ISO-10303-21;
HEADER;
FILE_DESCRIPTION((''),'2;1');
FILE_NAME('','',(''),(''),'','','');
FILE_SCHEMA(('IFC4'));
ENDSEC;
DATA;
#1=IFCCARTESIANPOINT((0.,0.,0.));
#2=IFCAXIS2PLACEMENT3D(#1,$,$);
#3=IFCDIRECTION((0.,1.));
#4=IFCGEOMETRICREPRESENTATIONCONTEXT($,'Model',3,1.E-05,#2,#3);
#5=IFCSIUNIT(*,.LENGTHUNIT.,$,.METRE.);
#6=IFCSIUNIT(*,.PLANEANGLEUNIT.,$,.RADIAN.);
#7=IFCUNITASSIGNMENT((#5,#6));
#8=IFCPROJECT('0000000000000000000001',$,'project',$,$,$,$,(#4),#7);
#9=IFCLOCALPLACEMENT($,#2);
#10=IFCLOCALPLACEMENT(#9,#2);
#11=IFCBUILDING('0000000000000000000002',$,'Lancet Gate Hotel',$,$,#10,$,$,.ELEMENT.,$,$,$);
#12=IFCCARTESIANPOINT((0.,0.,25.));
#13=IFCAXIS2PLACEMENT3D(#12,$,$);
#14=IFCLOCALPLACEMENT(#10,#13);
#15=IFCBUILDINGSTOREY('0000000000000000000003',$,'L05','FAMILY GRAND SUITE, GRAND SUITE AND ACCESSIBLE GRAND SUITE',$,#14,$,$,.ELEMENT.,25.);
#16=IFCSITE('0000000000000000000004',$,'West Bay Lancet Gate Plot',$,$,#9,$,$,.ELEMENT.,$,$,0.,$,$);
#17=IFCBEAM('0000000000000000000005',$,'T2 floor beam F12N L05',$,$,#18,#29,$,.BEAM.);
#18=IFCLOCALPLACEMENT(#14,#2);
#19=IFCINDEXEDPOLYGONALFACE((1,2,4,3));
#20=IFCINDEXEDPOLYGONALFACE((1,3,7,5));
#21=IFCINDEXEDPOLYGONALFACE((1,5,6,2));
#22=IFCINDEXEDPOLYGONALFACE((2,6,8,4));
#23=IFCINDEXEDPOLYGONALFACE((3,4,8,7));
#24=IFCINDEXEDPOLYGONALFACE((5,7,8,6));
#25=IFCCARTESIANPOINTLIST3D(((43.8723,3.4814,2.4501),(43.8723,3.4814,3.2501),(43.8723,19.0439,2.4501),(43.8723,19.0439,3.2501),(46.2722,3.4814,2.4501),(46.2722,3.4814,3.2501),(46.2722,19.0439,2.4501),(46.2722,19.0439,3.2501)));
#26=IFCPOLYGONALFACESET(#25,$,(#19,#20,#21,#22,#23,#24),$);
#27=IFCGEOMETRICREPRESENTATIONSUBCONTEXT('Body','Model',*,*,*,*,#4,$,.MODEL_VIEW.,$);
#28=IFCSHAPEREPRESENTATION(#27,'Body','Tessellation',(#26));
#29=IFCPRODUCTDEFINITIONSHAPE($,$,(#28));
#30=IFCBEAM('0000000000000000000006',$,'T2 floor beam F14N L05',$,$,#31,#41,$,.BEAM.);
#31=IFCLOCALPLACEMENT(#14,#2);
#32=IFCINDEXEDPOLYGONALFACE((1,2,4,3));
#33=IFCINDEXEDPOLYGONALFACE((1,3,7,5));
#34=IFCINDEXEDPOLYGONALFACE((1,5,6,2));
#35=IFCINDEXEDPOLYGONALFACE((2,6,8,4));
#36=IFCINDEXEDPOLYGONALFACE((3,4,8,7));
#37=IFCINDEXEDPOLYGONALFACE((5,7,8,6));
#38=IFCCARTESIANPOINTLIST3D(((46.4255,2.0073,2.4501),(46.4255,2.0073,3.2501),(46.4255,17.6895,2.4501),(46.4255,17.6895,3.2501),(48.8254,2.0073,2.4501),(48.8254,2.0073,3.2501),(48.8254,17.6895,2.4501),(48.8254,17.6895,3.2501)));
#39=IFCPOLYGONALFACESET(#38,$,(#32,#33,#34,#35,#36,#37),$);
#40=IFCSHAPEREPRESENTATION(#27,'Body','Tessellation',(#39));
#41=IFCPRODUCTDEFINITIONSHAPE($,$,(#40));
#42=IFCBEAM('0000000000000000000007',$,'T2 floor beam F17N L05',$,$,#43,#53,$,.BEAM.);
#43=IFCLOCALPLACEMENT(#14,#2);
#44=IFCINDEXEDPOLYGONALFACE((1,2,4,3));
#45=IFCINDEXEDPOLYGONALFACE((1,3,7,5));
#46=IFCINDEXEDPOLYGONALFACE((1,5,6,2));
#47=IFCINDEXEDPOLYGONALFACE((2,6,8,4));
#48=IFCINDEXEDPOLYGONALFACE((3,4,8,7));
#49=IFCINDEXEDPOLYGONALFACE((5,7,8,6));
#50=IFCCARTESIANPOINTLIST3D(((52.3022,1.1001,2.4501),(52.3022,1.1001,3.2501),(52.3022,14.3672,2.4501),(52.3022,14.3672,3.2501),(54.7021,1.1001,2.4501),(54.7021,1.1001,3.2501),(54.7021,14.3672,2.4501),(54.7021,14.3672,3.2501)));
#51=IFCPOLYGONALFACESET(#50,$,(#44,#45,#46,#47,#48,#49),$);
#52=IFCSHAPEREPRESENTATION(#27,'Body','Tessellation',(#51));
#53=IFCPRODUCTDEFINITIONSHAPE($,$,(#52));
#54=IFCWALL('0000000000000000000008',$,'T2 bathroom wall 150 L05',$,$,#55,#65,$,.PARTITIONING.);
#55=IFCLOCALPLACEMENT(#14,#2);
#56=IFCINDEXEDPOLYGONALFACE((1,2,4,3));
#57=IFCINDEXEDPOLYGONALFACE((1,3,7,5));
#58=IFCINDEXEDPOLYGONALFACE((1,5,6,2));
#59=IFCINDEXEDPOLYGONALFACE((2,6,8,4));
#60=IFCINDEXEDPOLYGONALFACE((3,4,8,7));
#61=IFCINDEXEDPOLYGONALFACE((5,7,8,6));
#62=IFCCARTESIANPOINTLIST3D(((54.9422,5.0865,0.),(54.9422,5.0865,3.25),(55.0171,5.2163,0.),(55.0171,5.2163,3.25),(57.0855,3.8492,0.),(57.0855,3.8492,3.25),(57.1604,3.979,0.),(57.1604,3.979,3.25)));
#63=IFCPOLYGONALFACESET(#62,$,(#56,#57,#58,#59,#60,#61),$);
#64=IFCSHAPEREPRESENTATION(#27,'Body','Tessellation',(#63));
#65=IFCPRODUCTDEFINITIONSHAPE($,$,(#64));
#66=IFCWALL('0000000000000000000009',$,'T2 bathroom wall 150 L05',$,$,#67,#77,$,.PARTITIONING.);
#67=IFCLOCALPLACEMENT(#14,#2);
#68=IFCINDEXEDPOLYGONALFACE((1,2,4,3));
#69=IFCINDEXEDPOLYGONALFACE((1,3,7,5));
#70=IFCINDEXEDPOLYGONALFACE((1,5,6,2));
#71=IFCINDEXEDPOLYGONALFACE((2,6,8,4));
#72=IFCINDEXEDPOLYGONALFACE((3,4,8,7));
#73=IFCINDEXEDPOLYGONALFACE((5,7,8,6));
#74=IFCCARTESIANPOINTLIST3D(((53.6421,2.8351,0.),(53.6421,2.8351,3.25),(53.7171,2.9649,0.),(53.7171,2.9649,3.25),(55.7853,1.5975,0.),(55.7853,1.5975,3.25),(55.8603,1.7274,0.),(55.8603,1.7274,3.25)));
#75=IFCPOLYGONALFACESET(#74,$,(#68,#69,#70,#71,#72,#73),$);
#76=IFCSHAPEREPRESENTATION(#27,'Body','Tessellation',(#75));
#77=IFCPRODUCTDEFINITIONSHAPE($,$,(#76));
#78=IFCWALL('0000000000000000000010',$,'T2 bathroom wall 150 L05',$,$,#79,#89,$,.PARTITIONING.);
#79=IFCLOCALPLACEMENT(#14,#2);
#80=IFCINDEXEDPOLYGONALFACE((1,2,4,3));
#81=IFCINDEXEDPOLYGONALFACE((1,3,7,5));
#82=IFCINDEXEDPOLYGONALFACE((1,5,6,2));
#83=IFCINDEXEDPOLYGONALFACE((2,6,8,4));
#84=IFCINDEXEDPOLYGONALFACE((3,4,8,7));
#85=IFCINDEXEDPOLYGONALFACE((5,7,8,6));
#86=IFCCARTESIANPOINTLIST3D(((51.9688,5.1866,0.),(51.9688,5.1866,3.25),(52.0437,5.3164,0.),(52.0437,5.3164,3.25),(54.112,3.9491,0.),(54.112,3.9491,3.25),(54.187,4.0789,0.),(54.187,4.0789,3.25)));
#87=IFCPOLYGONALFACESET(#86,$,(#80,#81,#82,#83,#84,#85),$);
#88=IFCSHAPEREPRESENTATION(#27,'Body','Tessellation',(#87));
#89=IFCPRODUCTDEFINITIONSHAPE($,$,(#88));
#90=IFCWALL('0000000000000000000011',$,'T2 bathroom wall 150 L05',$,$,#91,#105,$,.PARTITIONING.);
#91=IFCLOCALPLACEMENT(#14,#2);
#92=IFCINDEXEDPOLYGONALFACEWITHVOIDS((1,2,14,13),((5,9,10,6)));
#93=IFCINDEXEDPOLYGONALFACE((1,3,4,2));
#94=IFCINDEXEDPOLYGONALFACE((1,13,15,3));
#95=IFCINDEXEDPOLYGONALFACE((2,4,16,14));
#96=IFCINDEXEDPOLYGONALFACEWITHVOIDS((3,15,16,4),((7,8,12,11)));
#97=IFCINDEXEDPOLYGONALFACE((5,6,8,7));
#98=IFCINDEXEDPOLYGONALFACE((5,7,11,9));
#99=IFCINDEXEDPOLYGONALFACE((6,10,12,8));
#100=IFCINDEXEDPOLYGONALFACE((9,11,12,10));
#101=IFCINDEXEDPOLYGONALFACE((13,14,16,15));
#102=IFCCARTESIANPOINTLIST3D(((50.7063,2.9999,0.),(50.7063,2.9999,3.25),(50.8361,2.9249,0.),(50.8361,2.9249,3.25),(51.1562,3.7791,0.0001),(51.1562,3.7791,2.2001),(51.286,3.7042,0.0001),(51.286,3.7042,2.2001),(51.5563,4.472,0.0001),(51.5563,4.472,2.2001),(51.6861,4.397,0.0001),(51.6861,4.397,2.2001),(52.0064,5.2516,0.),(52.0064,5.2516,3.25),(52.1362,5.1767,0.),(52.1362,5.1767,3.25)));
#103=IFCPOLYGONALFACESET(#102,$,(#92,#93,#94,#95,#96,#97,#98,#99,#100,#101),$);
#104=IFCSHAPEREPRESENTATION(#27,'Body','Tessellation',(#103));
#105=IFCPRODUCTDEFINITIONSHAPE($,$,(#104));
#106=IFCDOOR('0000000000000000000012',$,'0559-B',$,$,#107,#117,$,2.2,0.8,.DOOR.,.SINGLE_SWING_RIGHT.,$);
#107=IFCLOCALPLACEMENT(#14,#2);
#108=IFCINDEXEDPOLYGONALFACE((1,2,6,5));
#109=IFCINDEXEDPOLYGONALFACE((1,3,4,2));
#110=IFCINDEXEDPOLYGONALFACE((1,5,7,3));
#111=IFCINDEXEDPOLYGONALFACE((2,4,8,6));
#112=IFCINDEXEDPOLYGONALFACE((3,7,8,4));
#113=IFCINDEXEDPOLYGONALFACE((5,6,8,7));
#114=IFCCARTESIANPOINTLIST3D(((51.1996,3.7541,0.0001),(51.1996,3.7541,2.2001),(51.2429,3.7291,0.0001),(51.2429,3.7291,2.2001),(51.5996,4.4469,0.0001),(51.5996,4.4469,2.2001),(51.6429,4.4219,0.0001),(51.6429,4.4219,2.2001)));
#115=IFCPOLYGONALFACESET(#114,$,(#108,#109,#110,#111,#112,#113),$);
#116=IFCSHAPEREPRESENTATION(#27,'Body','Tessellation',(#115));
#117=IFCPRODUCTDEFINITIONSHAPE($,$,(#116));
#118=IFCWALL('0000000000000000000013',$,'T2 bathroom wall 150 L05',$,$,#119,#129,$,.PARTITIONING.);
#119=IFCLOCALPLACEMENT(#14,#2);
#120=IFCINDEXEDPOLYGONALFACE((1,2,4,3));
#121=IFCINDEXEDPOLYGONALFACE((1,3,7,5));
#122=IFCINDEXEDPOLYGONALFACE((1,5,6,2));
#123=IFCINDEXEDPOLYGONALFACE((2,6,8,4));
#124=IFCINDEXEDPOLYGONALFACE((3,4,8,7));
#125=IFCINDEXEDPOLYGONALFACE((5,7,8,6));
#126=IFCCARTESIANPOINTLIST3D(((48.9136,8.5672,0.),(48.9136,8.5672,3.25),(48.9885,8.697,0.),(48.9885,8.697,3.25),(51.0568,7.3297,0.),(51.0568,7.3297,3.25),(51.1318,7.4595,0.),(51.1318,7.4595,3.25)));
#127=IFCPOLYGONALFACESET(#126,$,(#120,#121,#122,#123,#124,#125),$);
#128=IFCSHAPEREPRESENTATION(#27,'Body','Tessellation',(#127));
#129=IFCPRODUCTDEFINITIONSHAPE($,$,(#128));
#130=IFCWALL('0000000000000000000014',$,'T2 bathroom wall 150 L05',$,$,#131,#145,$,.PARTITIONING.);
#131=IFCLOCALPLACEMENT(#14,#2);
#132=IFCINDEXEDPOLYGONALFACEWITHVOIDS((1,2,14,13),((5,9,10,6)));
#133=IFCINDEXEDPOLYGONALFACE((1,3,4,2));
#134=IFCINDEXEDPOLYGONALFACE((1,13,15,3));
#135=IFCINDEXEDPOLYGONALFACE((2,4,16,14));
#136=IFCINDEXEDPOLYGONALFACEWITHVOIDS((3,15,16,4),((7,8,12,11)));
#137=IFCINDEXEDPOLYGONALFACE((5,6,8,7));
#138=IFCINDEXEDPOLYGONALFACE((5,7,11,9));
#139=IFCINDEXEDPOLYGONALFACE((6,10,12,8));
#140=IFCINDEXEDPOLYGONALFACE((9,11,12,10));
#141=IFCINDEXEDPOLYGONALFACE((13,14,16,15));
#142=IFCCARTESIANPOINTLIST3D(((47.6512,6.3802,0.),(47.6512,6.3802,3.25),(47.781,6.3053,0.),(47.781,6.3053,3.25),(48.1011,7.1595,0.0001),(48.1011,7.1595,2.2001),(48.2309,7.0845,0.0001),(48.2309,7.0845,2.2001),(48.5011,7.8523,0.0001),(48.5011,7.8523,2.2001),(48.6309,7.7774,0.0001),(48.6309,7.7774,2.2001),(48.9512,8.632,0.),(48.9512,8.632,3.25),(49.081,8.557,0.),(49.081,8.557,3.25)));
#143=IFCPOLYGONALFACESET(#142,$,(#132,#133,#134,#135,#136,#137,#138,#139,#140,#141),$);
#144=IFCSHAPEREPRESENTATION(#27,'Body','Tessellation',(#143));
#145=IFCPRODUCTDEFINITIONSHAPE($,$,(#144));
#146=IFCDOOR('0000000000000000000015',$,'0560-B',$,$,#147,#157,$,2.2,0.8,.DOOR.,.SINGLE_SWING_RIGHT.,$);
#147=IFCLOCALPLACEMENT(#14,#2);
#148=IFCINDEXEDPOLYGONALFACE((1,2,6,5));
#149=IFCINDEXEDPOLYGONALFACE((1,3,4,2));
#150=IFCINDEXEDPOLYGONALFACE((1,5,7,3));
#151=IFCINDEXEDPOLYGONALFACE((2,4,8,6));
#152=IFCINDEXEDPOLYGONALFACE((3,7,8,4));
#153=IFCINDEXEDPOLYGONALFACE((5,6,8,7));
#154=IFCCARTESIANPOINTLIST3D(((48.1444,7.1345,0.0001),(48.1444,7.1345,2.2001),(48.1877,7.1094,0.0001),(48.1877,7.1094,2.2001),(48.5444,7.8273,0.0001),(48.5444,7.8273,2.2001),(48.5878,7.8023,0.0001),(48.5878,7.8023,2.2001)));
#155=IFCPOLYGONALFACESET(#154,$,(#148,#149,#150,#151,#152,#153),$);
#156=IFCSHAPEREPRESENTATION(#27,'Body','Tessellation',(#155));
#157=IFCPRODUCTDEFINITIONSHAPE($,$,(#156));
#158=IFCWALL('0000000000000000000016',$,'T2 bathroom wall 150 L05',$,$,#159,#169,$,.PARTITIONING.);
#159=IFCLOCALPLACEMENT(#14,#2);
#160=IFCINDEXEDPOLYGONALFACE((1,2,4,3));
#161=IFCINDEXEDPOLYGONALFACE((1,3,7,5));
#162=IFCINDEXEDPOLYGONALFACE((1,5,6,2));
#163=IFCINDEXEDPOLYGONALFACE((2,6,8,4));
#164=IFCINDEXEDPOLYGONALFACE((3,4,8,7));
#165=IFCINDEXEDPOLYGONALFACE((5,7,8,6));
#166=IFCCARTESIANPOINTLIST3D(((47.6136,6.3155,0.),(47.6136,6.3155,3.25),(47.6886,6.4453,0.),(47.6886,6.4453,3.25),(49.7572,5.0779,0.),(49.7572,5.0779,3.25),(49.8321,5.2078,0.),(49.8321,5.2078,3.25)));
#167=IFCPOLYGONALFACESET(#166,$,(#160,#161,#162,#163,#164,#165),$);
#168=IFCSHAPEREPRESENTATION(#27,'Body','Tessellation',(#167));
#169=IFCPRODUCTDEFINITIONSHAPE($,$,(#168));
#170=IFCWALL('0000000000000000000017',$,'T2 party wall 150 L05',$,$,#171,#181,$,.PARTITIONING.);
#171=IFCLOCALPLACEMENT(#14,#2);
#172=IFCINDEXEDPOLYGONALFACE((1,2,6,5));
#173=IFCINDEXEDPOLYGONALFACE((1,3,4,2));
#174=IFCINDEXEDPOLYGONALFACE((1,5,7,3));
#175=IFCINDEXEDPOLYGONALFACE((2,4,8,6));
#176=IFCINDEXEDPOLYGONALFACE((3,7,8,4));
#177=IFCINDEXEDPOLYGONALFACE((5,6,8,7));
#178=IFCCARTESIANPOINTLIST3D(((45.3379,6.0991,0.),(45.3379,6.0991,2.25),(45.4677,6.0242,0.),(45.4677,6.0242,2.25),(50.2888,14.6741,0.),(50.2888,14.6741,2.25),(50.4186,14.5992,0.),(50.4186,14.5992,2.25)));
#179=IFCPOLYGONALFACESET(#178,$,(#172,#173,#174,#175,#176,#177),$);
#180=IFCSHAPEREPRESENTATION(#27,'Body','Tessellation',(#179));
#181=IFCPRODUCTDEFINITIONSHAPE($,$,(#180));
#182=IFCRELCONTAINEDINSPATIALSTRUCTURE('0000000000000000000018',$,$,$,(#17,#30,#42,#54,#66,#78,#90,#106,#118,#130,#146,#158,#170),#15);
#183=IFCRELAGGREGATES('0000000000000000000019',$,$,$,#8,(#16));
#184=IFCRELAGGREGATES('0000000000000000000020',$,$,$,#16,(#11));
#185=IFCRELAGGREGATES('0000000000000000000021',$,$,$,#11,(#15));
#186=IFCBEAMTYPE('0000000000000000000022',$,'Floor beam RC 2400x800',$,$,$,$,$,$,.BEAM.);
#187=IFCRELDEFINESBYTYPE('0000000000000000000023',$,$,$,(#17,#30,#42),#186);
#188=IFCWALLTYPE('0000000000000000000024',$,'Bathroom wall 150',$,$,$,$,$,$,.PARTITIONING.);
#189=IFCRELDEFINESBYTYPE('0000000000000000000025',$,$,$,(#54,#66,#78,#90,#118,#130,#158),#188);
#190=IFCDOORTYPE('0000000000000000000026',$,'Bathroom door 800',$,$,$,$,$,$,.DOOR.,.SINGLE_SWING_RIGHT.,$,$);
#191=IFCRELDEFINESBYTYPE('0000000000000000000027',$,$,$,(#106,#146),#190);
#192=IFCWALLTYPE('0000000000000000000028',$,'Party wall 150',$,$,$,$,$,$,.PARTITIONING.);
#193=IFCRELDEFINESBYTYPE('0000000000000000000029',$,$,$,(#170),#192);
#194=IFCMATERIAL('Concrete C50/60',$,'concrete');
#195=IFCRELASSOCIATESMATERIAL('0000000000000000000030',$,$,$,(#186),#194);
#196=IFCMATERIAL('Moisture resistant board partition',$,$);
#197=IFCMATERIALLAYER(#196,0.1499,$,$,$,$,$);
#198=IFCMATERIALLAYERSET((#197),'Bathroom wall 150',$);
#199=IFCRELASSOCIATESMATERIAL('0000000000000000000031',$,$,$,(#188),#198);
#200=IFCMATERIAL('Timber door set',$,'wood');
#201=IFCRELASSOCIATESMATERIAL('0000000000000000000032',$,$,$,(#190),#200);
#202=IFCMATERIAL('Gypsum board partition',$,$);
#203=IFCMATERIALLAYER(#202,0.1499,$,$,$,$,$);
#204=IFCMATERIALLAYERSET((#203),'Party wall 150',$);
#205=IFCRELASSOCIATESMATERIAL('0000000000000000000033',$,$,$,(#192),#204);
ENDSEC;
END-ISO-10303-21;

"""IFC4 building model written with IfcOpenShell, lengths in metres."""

from ifc_helpers import new_model, si_unit, direction, frame, frame_2d, origin, origin_2d, place, context, subcontext, project, spatial, rectangle, extrude, material, layer, layer_set, material_profile, profile_set, type_object, element, fill, save


model = new_model("IFC4")

# Units and contexts
model_context = context("Model", 3, precision=1e-05, world=origin(), true_north=direction((0.0, 1.0)))
body_context = subcontext(model_context, "Body", "Model", "MODEL_VIEW")
ifc_project = project(units=[si_unit("LENGTHUNIT", "METRE"), si_unit("PLANEANGLEUNIT", "RADIAN")], contexts=[model_context])

# Site, building, storey
site_placement = place(None, origin())
site = spatial("IfcSite", under=ifc_project, at=site_placement, Name="West Bay Lancet Gate Plot", CompositionType="ELEMENT", RefElevation=0.0)
building_placement = place(site_placement, origin())
building = spatial("IfcBuilding", under=site, at=building_placement, Name="Lancet Gate Hotel", CompositionType="ELEMENT")
storey_placement = place(building_placement, frame((0.0, 0.0, 25.0)))
storey = spatial("IfcBuildingStorey", under=building, at=storey_placement, Name="L05", Description="FAMILY GRAND SUITE, GRAND SUITE AND ACCESSIBLE GRAND SUITE", CompositionType="ELEMENT", Elevation=25.0)

# Beams
ifc_material_1 = material(Name="Concrete C50/60", Category="concrete")
ifc_material_profile = material_profile(ifc_material_1, rectangle(XDim=2.3999, YDim=0.8, at=origin_2d()), Name="RC 2400x800")
ifc_profile_set = profile_set([ifc_material_profile], Name="Concrete C50/60")
beam_type = type_object("IfcBeamType", Name="Floor beam RC 2400x800", PredefinedType="BEAM", material=ifc_profile_set)
beam_1_placement = place(storey_placement, frame((45.0723, 3.4814, 2.8501), z_axis=(0.0, 1.0, 0.0), x_axis=(-1.0, 0.0, 0.0)))
element("IfcBeam", 1, at=beam_1_placement, inside=storey, type_object=beam_type, Name="T2 floor beam F12N L05", PredefinedType="BEAM", context=body_context, shape_type="SweptSolid", body=[
    extrude(rectangle(XDim=2.3999, YDim=0.8, at=origin_2d()), origin(), (0.0, 0.0, 1.0), 15.5625),
])
beam_2_placement = place(storey_placement, frame((47.6255, 2.0073, 2.8501), z_axis=(0.0, 1.0, 0.0), x_axis=(-1.0, 0.0, 0.0)))
element("IfcBeam", 2, at=beam_2_placement, inside=storey, type_object=beam_type, Name="T2 floor beam F14N L05", PredefinedType="BEAM", context=body_context, shape_type="SweptSolid", body=[
    extrude(rectangle(XDim=2.3999, YDim=0.8, at=origin_2d()), origin(), (0.0, 0.0, 1.0), 15.6821),
])
beam_3_placement = place(storey_placement, frame((53.5022, 1.1001, 2.8501), z_axis=(0.0, 1.0, 0.0), x_axis=(-1.0, 0.0, 0.0)))
element("IfcBeam", 3, at=beam_3_placement, inside=storey, type_object=beam_type, Name="T2 floor beam F17N L05", PredefinedType="BEAM", context=body_context, shape_type="SweptSolid", body=[
    extrude(rectangle(XDim=2.3999, YDim=0.8, at=origin_2d()), origin(), (0.0, 0.0, 1.0), 13.2671),
])

# Walls
ifc_material_2 = material(Name="Moisture resistant board partition")
ifc_layer_1 = layer(ifc_material_2, 0.1499)
ifc_layer_set_1 = layer_set([ifc_layer_1], Name="Bathroom wall 150")
wall_type_1 = type_object("IfcWallType", Name="Bathroom wall 150", PredefinedType="PARTITIONING", material=ifc_layer_set_1)
for number, where, z_axis, x_axis, name in (
    (4, (54.9797, 5.1514, 0.0), (0.0, 0.0, 1.0), (0.866049, -0.499959, 0.0), "T2 bathroom wall 150 L05"),
    (5, (53.6797, 2.8999, 0.0), (0.0, 0.0, 1.0), (0.866007, -0.500033, 0.0), "T2 bathroom wall 150 L05"),
    (6, (52.0063, 5.2515, 0.0), (0.0, 0.0, 1.0), (0.866007, -0.500033, 0.0), "T2 bathroom wall 150 L05"),
):
    element("IfcWall", number, at=place(storey_placement, frame(where, z_axis=z_axis, x_axis=x_axis)), inside=storey, type_object=wall_type_1, Name=name, PredefinedType="PARTITIONING", context=body_context, shape_type="SweptSolid", body=[
        extrude(rectangle(XDim=2.4749, YDim=0.1499, at=frame_2d((1.2373, 0.0))), origin(), (0.0, 0.0, 1.0), 3.25),
    ])

# Wall, opening, door
wall_1_placement = place(storey_placement, frame((50.7712, 2.9624, 0.0), z_axis=(0.0, 0.0, 1.0), x_axis=(0.500007, 0.866021, 0.0)))
wall_1 = element("IfcWall", 7, at=wall_1_placement, inside=storey, type_object=wall_type_1, Name="T2 bathroom wall 150 L05", PredefinedType="PARTITIONING", context=body_context, shape_type="SweptSolid", body=[
    extrude(rectangle(XDim=2.6001, YDim=0.1499, at=frame_2d((1.3, 0.0))), origin(), (0.0, 0.0, 1.0), 3.25),
])
opening_1_placement = place(wall_1_placement, frame((0.8999, 0.0, 0.0)))
opening_1 = element("IfcOpeningElement", 8, at=opening_1_placement, cuts=wall_1, PredefinedType="OPENING", context=body_context, shape_type="SweptSolid", body=[
    extrude(rectangle(XDim=0.8, YDim=2.2, at=frame_2d((0.3999, 1.1001))), frame((0.0, 0.085, 0.0), z_axis=(0.0, -1.0, 0.0), x_axis=(1.0, 0.0, 0.0)), (0.0, 0.0, 1.0), 0.1699),
])
ifc_material_3 = material(Name="Timber door set", Category="wood")
door_type_1 = type_object("IfcDoorType", Name="Bathroom door 800", OperationType="SINGLE_SWING_RIGHT", PredefinedType="DOOR", material=ifc_material_3)
door_1_placement = place(opening_1_placement, origin())
door_1 = element("IfcDoor", 9, at=door_1_placement, inside=storey, type_object=door_type_1, Name="0559-B", OperationType="SINGLE_SWING_RIGHT", OverallHeight=2.2, OverallWidth=0.8, PredefinedType="DOOR", context=body_context, shape_type="SweptSolid", body=[
    extrude(rectangle(XDim=0.8, YDim=2.2, at=frame_2d((0.3999, 1.1001))), frame((0.0, 0.0249, 0.0), z_axis=(0.0, -1.0, 0.0), x_axis=(1.0, 0.0, 0.0)), (0.0, 0.0, 1.0), 0.05),
])
fill(opening_1, door_1)

# Wall
wall_2_placement = place(storey_placement, frame((48.9512, 8.6321, 0.0), z_axis=(0.0, 0.0, 1.0), x_axis=(0.866007, -0.500033, 0.0)))
element("IfcWall", 10, at=wall_2_placement, inside=storey, type_object=wall_type_1, Name="T2 bathroom wall 150 L05", PredefinedType="PARTITIONING", context=body_context, shape_type="SweptSolid", body=[
    extrude(rectangle(XDim=2.4749, YDim=0.1499, at=frame_2d((1.2373, 0.0))), origin(), (0.0, 0.0, 1.0), 3.25),
])

# Wall, opening, door
wall_3_placement = place(storey_placement, frame((47.7161, 6.3428, 0.0), z_axis=(0.0, 0.0, 1.0), x_axis=(0.500007, 0.866021, 0.0)))
wall_3 = element("IfcWall", 11, at=wall_3_placement, inside=storey, type_object=wall_type_1, Name="T2 bathroom wall 150 L05", PredefinedType="PARTITIONING", context=body_context, shape_type="SweptSolid", body=[
    extrude(rectangle(XDim=2.6001, YDim=0.1499, at=frame_2d((1.3, 0.0))), origin(), (0.0, 0.0, 1.0), 3.25),
])
opening_2_placement = place(wall_3_placement, frame((0.8999, 0.0, 0.0)))
opening_2 = element("IfcOpeningElement", 12, at=opening_2_placement, cuts=wall_3, PredefinedType="OPENING", context=body_context, shape_type="SweptSolid", body=[
    extrude(rectangle(XDim=0.8, YDim=2.2, at=frame_2d((0.3999, 1.1001))), frame((0.0, 0.085, 0.0), z_axis=(0.0, -1.0, 0.0), x_axis=(1.0, 0.0, 0.0)), (0.0, 0.0, 1.0), 0.1699),
])
door_2_placement = place(opening_2_placement, origin())
door_2 = element("IfcDoor", 13, at=door_2_placement, inside=storey, type_object=door_type_1, Name="0560-B", OperationType="SINGLE_SWING_RIGHT", OverallHeight=2.2, OverallWidth=0.8, PredefinedType="DOOR", context=body_context, shape_type="SweptSolid", body=[
    extrude(rectangle(XDim=0.8, YDim=2.2, at=frame_2d((0.3999, 1.1001))), frame((0.0, 0.0249, 0.0), z_axis=(0.0, -1.0, 0.0), x_axis=(1.0, 0.0, 0.0)), (0.0, 0.0, 1.0), 0.05),
])
fill(opening_2, door_2)

# Walls
wall_4_placement = place(storey_placement, frame((47.6511, 6.3804, 0.0), z_axis=(0.0, 0.0, 1.0), x_axis=(0.866031, -0.49999, 0.0)))
element("IfcWall", 14, at=wall_4_placement, inside=storey, type_object=wall_type_1, Name="T2 bathroom wall 150 L05", PredefinedType="PARTITIONING", context=body_context, shape_type="SweptSolid", body=[
    extrude(rectangle(XDim=2.4751, YDim=0.1499, at=frame_2d((1.2375, 0.0))), origin(), (0.0, 0.0, 1.0), 3.25),
])
ifc_material_4 = material(Name="Gypsum board partition")
ifc_layer_2 = layer(ifc_material_4, 0.1499)
ifc_layer_set_2 = layer_set([ifc_layer_2], Name="Party wall 150")
wall_type_2 = type_object("IfcWallType", Name="Party wall 150", PredefinedType="PARTITIONING", material=ifc_layer_set_2)
wall_5_placement = place(storey_placement, frame((45.4028, 6.0618, 0.0), z_axis=(0.0, 0.0, 1.0), x_axis=(0.500013, 0.866018, 0.0)))
element("IfcWall", 15, at=wall_5_placement, inside=storey, type_object=wall_type_2, Name="T2 party wall 150 L05", PredefinedType="PARTITIONING", context=body_context, shape_type="SweptSolid", body=[
    extrude(rectangle(XDim=9.9016, YDim=0.1499, at=frame_2d((4.9507, 0.0))), origin(), (0.0, 0.0, 1.0), 2.25),
])

save(model, "model.ifc")
